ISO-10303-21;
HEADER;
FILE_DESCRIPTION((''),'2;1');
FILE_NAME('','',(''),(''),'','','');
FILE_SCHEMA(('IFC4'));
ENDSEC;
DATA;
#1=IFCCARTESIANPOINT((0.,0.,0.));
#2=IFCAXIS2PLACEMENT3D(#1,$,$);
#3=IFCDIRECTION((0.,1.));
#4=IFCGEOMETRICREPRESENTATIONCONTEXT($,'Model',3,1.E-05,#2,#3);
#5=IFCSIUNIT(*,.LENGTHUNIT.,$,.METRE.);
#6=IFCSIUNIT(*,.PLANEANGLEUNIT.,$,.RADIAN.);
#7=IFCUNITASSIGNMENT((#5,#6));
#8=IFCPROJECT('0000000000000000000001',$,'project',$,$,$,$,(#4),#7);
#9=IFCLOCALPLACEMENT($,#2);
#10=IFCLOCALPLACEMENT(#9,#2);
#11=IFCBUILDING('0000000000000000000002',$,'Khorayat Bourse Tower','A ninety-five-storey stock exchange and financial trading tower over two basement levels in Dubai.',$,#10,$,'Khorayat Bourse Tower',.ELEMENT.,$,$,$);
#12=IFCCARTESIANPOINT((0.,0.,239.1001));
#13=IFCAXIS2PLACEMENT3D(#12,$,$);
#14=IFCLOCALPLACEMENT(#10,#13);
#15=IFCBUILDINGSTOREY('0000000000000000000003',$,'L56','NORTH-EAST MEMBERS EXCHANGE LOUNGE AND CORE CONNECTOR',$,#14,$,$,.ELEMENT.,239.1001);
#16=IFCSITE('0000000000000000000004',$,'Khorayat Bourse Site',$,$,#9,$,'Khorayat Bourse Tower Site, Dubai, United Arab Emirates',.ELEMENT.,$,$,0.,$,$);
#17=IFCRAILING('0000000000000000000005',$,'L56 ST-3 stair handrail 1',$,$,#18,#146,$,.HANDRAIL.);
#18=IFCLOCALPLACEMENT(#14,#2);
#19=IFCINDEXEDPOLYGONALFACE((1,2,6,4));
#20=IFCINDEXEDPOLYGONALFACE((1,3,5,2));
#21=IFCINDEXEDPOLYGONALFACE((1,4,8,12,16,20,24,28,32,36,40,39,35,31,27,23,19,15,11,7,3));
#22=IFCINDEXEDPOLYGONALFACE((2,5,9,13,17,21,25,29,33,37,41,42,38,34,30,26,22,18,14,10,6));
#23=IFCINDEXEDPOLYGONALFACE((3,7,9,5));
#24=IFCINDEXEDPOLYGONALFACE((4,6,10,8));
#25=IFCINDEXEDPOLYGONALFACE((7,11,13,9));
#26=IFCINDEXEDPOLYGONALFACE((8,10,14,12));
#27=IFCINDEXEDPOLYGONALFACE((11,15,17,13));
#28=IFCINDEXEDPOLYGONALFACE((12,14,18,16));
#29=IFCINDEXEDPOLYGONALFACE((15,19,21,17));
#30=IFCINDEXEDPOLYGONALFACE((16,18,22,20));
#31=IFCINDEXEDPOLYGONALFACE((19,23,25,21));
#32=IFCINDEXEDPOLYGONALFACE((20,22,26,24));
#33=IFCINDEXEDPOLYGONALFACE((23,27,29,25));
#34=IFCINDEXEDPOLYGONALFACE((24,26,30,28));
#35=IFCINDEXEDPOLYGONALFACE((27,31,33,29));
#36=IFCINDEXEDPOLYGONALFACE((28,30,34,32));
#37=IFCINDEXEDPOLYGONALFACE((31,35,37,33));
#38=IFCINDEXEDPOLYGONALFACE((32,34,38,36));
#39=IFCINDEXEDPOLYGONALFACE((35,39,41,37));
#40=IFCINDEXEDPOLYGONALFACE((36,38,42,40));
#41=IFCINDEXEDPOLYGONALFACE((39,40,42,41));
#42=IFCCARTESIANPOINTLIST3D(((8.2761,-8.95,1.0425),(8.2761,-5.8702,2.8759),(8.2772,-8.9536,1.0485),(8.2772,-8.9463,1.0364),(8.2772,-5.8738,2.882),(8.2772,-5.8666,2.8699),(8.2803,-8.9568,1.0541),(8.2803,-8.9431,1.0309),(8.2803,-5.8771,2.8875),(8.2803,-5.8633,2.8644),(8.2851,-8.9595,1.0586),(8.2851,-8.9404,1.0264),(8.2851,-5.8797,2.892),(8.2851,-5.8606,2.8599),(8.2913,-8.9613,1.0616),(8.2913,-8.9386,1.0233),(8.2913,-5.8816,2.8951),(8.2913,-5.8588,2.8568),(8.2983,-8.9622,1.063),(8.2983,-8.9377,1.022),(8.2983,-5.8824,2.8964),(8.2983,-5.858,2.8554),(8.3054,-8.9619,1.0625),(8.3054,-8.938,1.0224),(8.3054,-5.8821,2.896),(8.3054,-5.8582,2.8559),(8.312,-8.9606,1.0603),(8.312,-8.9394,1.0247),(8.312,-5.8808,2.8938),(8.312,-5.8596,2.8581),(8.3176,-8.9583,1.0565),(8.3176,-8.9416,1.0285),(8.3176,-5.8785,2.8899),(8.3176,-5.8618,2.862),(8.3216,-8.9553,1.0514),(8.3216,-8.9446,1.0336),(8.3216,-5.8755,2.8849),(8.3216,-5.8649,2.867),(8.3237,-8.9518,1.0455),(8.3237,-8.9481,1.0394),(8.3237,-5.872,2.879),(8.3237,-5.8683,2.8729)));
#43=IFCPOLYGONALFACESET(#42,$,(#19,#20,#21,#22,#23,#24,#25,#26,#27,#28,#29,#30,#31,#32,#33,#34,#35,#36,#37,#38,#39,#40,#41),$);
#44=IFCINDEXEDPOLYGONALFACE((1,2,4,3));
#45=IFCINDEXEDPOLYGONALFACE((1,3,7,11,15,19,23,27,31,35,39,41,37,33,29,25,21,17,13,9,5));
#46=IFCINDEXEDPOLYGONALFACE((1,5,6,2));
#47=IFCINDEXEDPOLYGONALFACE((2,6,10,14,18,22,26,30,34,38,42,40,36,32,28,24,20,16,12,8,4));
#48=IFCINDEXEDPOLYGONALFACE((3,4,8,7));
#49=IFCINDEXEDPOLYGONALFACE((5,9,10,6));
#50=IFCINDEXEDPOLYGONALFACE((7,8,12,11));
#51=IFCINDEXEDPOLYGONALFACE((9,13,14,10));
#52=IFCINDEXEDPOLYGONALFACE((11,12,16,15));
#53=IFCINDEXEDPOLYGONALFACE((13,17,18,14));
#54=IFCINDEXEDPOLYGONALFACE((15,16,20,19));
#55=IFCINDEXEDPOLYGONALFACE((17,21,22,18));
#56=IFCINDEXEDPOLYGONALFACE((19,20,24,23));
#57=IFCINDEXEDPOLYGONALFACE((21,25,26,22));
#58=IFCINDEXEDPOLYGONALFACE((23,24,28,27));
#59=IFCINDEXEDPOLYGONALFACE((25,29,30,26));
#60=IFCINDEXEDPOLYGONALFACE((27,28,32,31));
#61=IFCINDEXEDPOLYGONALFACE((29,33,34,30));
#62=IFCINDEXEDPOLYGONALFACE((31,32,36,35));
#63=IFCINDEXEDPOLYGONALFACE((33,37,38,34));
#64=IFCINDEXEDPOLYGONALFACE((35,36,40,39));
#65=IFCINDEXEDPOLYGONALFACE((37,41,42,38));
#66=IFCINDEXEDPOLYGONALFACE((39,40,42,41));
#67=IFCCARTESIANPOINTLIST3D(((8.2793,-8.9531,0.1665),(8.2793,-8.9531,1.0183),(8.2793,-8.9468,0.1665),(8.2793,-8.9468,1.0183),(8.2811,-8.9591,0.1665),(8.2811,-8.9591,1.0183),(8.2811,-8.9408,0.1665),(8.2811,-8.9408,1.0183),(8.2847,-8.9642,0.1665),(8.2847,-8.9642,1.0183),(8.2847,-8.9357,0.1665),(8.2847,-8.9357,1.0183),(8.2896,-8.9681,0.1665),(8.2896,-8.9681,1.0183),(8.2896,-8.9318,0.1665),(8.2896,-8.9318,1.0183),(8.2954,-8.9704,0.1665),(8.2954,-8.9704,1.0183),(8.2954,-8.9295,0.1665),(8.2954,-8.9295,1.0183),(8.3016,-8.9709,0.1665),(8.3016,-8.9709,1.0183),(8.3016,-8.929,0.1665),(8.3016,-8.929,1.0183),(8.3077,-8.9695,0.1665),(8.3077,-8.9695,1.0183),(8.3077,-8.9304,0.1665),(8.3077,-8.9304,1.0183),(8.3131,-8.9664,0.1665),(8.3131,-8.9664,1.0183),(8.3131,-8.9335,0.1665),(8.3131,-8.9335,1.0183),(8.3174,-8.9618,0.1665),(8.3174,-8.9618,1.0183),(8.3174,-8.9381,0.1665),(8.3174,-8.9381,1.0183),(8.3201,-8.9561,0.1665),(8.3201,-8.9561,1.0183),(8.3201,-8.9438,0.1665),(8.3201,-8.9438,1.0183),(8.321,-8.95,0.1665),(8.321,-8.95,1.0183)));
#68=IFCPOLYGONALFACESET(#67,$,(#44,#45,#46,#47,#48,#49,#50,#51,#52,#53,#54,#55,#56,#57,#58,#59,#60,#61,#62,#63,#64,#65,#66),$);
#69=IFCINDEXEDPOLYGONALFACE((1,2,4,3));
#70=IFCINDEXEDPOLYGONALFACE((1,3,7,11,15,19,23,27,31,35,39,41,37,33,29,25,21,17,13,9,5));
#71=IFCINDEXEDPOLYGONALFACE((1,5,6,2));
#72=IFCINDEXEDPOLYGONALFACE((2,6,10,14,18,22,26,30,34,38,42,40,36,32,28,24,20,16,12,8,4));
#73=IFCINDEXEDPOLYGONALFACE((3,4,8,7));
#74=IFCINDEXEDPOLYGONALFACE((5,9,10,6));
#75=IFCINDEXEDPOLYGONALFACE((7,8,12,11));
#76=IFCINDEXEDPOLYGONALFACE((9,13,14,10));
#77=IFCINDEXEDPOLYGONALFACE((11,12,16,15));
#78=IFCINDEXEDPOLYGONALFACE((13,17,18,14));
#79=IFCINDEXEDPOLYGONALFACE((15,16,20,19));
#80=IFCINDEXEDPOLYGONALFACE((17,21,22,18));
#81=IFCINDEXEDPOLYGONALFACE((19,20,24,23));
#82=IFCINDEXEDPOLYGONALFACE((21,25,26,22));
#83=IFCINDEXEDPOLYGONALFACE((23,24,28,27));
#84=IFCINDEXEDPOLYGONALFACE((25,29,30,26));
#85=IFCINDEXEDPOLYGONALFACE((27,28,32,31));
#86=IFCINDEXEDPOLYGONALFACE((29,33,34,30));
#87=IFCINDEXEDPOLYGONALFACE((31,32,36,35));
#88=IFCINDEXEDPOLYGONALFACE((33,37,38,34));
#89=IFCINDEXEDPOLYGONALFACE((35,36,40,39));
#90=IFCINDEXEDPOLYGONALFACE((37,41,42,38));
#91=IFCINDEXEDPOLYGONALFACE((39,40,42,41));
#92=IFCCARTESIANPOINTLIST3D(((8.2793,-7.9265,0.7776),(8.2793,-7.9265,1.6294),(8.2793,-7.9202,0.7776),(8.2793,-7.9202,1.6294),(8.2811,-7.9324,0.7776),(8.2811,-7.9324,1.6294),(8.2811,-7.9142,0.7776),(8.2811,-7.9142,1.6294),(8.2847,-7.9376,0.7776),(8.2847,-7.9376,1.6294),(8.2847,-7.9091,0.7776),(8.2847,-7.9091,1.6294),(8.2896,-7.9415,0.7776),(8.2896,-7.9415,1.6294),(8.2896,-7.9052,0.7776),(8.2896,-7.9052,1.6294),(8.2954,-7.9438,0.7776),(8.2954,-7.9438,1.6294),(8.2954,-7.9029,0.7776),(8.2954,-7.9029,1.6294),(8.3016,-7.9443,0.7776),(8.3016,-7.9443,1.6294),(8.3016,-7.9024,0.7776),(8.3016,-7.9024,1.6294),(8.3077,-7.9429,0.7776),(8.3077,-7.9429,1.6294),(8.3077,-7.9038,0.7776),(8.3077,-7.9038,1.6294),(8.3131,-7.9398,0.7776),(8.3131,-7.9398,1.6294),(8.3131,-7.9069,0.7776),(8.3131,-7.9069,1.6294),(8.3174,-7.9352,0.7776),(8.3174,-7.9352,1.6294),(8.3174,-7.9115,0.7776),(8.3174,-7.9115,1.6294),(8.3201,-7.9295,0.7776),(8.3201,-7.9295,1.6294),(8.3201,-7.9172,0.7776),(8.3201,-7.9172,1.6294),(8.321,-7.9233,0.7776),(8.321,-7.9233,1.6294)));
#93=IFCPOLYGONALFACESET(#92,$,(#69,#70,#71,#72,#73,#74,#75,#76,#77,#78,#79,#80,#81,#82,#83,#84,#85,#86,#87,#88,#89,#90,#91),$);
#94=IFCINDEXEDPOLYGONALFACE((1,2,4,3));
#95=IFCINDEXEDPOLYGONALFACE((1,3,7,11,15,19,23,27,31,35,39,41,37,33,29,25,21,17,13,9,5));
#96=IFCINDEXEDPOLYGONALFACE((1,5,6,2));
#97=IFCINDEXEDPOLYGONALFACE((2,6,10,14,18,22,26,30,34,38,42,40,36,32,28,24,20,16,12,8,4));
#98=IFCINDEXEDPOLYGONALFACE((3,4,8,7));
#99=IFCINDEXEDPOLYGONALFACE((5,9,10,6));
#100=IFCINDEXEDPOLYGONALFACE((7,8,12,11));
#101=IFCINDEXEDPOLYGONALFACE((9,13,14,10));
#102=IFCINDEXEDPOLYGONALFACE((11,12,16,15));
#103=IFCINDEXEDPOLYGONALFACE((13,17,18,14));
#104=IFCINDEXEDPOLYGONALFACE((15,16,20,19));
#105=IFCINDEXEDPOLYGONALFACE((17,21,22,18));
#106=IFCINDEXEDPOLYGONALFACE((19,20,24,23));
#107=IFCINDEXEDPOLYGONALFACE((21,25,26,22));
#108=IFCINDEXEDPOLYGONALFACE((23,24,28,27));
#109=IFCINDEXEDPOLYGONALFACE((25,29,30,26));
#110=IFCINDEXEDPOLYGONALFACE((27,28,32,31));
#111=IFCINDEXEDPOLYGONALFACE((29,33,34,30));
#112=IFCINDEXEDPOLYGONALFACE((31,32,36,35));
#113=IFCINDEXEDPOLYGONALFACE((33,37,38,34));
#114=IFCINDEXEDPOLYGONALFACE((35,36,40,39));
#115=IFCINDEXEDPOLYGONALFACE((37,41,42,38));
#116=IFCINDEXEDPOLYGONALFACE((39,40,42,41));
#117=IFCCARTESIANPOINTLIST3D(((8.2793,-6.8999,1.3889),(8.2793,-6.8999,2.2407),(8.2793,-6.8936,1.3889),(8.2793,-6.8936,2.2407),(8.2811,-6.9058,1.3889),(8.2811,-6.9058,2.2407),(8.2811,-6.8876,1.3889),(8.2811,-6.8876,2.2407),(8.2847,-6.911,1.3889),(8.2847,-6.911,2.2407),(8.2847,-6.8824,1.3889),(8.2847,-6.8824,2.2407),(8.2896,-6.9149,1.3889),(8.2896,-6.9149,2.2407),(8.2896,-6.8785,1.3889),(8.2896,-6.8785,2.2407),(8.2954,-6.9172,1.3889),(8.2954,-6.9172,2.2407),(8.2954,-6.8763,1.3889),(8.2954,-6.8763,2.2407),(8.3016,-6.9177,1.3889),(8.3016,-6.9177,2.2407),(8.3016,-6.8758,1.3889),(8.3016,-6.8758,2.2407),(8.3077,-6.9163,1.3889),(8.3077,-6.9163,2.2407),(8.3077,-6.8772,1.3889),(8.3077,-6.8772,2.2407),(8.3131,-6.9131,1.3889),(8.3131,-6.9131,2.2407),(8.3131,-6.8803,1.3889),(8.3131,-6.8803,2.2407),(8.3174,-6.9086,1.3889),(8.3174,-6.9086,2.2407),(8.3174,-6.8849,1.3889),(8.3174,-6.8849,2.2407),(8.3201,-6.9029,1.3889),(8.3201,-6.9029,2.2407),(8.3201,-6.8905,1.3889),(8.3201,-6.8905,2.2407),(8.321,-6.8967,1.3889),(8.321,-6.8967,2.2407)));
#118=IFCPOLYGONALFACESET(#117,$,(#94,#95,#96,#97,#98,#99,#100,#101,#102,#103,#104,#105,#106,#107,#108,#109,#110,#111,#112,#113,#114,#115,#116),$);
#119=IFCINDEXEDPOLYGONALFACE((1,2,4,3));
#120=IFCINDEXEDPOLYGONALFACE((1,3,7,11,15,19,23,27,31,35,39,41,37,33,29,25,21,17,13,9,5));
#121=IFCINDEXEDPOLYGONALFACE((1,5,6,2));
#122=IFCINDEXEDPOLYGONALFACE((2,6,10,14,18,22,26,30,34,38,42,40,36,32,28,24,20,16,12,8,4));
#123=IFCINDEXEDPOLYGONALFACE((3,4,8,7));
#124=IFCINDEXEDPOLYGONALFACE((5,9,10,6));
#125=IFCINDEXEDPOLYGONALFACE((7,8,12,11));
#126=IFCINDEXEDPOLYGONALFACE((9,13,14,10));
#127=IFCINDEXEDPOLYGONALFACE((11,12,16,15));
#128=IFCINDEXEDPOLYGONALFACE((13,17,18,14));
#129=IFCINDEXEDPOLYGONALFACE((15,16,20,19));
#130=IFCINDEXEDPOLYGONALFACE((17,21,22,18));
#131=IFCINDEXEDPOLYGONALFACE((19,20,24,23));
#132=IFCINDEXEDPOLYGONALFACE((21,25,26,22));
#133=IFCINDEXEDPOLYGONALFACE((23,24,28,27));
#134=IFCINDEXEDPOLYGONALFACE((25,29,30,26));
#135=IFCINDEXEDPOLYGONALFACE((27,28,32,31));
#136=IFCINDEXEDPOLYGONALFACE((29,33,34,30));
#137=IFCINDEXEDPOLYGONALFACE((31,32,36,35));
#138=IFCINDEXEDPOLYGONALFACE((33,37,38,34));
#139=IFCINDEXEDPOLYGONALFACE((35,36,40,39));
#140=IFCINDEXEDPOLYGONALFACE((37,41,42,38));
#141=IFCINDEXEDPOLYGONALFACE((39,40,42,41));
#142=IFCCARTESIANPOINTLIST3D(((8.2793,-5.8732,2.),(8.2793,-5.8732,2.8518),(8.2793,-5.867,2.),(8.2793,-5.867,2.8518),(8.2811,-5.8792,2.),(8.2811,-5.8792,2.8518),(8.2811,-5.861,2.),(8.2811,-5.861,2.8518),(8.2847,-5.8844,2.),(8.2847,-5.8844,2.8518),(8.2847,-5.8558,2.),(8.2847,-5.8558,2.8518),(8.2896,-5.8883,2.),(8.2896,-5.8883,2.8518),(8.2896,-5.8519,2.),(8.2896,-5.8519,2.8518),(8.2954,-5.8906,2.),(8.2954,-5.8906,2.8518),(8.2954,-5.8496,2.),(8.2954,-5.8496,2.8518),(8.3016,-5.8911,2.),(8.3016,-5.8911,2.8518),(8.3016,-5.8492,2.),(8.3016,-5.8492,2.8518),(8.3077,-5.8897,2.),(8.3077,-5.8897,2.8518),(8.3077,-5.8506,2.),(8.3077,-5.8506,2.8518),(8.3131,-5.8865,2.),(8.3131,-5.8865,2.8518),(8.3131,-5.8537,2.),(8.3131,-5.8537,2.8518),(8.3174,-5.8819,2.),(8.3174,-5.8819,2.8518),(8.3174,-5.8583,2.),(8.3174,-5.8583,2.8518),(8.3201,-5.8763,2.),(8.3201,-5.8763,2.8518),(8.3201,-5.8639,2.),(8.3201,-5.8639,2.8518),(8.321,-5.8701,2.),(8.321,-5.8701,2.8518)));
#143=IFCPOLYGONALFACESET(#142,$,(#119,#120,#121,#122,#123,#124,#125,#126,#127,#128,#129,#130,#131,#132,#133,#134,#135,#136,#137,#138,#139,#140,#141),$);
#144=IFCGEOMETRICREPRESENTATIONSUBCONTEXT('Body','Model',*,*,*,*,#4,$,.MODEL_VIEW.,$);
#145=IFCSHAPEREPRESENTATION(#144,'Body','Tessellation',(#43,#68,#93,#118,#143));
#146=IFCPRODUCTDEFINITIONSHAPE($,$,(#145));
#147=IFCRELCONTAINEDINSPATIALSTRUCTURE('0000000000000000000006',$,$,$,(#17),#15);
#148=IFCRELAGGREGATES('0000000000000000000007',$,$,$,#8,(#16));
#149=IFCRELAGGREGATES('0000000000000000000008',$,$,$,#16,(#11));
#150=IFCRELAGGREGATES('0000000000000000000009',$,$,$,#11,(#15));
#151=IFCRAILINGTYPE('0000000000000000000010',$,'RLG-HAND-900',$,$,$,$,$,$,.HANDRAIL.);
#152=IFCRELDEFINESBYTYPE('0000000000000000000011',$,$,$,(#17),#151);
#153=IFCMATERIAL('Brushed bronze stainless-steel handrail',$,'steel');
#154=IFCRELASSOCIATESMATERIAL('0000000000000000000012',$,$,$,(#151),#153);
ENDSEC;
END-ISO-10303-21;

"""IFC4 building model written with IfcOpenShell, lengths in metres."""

from ifc_helpers import new_model, si_unit, direction, frame, origin, origin_2d, place, context, subcontext, project, spatial, circle, extrude, source, transform, mapped, material, type_object, element, save


model = new_model("IFC4")

# Units and contexts
model_context = context("Model", 3, precision=1e-05, world=origin(), true_north=direction((0.0, 1.0)))
body_context = subcontext(model_context, "Body", "Model", "MODEL_VIEW")
ifc_project = project(units=[si_unit("LENGTHUNIT", "METRE"), si_unit("PLANEANGLEUNIT", "RADIAN")], contexts=[model_context])

# Site, building, storey
site_placement = place(None, origin())
site = spatial("IfcSite", under=ifc_project, at=site_placement, Name="Khorayat Bourse Site", LongName="Khorayat Bourse Tower Site, Dubai, United Arab Emirates", CompositionType="ELEMENT", RefElevation=0.0)
building_placement = place(site_placement, origin())
building = spatial("IfcBuilding", under=site, at=building_placement, Name="Khorayat Bourse Tower", Description="A ninety-five-storey stock exchange and financial trading tower over two basement levels in Dubai.", LongName="Khorayat Bourse Tower", CompositionType="ELEMENT")
storey_placement = place(building_placement, frame((0.0, 0.0, 239.1001)))
storey = spatial("IfcBuildingStorey", under=building, at=storey_placement, Name="L56", Description="NORTH-EAST MEMBERS EXCHANGE LOUNGE AND CORE CONNECTOR", CompositionType="ELEMENT", Elevation=239.1001)

# Railing
ifc_material_1 = material(Name="Brushed bronze stainless-steel handrail", Category="steel")
railing_type_1 = type_object("IfcRailingType", Name="RLG-HAND-900", PredefinedType="HANDRAIL", material=ifc_material_1)
shared_shape_1 = source(origin(), body_context, "Body", "SweptSolid", [
    extrude(circle(Radius=0.0239, at=origin_2d()), frame((0.0, 0.0, 0.876), z_axis=(0.0, 0.859261, 0.511538), x_axis=(-1.0, 0.0, 0.0)), (0.0, 0.0, 1.0), 3.5842),
    extrude(circle(Radius=0.021, at=origin_2d()), origin(), (0.0, 0.0, 1.0), 0.8518),
    extrude(circle(Radius=0.021, at=origin_2d()), frame((0.0, 1.0266, 0.6111)), (0.0, 0.0, 1.0), 0.8518),
    extrude(circle(Radius=0.021, at=origin_2d()), frame((0.0, 2.0532, 1.2224)), (0.0, 0.0, 1.0), 0.8518),
    extrude(circle(Radius=0.021, at=origin_2d()), frame((0.0, 3.0798, 1.8335)), (0.0, 0.0, 1.0), 0.8518),
])
railing_1_placement = place(storey_placement, frame((8.3, -8.95, 0.1665)))
element("IfcRailing", 1, at=railing_1_placement, inside=storey, type_object=railing_type_1, Name="L56 ST-3 stair handrail 1", PredefinedType="HANDRAIL", context=body_context, shape_type="MappedRepresentation", body=[
    mapped(shared_shape_1, transform((0.0, 0.0, 0.0), scale=1.0)),
])

save(model, "model.ifc")
